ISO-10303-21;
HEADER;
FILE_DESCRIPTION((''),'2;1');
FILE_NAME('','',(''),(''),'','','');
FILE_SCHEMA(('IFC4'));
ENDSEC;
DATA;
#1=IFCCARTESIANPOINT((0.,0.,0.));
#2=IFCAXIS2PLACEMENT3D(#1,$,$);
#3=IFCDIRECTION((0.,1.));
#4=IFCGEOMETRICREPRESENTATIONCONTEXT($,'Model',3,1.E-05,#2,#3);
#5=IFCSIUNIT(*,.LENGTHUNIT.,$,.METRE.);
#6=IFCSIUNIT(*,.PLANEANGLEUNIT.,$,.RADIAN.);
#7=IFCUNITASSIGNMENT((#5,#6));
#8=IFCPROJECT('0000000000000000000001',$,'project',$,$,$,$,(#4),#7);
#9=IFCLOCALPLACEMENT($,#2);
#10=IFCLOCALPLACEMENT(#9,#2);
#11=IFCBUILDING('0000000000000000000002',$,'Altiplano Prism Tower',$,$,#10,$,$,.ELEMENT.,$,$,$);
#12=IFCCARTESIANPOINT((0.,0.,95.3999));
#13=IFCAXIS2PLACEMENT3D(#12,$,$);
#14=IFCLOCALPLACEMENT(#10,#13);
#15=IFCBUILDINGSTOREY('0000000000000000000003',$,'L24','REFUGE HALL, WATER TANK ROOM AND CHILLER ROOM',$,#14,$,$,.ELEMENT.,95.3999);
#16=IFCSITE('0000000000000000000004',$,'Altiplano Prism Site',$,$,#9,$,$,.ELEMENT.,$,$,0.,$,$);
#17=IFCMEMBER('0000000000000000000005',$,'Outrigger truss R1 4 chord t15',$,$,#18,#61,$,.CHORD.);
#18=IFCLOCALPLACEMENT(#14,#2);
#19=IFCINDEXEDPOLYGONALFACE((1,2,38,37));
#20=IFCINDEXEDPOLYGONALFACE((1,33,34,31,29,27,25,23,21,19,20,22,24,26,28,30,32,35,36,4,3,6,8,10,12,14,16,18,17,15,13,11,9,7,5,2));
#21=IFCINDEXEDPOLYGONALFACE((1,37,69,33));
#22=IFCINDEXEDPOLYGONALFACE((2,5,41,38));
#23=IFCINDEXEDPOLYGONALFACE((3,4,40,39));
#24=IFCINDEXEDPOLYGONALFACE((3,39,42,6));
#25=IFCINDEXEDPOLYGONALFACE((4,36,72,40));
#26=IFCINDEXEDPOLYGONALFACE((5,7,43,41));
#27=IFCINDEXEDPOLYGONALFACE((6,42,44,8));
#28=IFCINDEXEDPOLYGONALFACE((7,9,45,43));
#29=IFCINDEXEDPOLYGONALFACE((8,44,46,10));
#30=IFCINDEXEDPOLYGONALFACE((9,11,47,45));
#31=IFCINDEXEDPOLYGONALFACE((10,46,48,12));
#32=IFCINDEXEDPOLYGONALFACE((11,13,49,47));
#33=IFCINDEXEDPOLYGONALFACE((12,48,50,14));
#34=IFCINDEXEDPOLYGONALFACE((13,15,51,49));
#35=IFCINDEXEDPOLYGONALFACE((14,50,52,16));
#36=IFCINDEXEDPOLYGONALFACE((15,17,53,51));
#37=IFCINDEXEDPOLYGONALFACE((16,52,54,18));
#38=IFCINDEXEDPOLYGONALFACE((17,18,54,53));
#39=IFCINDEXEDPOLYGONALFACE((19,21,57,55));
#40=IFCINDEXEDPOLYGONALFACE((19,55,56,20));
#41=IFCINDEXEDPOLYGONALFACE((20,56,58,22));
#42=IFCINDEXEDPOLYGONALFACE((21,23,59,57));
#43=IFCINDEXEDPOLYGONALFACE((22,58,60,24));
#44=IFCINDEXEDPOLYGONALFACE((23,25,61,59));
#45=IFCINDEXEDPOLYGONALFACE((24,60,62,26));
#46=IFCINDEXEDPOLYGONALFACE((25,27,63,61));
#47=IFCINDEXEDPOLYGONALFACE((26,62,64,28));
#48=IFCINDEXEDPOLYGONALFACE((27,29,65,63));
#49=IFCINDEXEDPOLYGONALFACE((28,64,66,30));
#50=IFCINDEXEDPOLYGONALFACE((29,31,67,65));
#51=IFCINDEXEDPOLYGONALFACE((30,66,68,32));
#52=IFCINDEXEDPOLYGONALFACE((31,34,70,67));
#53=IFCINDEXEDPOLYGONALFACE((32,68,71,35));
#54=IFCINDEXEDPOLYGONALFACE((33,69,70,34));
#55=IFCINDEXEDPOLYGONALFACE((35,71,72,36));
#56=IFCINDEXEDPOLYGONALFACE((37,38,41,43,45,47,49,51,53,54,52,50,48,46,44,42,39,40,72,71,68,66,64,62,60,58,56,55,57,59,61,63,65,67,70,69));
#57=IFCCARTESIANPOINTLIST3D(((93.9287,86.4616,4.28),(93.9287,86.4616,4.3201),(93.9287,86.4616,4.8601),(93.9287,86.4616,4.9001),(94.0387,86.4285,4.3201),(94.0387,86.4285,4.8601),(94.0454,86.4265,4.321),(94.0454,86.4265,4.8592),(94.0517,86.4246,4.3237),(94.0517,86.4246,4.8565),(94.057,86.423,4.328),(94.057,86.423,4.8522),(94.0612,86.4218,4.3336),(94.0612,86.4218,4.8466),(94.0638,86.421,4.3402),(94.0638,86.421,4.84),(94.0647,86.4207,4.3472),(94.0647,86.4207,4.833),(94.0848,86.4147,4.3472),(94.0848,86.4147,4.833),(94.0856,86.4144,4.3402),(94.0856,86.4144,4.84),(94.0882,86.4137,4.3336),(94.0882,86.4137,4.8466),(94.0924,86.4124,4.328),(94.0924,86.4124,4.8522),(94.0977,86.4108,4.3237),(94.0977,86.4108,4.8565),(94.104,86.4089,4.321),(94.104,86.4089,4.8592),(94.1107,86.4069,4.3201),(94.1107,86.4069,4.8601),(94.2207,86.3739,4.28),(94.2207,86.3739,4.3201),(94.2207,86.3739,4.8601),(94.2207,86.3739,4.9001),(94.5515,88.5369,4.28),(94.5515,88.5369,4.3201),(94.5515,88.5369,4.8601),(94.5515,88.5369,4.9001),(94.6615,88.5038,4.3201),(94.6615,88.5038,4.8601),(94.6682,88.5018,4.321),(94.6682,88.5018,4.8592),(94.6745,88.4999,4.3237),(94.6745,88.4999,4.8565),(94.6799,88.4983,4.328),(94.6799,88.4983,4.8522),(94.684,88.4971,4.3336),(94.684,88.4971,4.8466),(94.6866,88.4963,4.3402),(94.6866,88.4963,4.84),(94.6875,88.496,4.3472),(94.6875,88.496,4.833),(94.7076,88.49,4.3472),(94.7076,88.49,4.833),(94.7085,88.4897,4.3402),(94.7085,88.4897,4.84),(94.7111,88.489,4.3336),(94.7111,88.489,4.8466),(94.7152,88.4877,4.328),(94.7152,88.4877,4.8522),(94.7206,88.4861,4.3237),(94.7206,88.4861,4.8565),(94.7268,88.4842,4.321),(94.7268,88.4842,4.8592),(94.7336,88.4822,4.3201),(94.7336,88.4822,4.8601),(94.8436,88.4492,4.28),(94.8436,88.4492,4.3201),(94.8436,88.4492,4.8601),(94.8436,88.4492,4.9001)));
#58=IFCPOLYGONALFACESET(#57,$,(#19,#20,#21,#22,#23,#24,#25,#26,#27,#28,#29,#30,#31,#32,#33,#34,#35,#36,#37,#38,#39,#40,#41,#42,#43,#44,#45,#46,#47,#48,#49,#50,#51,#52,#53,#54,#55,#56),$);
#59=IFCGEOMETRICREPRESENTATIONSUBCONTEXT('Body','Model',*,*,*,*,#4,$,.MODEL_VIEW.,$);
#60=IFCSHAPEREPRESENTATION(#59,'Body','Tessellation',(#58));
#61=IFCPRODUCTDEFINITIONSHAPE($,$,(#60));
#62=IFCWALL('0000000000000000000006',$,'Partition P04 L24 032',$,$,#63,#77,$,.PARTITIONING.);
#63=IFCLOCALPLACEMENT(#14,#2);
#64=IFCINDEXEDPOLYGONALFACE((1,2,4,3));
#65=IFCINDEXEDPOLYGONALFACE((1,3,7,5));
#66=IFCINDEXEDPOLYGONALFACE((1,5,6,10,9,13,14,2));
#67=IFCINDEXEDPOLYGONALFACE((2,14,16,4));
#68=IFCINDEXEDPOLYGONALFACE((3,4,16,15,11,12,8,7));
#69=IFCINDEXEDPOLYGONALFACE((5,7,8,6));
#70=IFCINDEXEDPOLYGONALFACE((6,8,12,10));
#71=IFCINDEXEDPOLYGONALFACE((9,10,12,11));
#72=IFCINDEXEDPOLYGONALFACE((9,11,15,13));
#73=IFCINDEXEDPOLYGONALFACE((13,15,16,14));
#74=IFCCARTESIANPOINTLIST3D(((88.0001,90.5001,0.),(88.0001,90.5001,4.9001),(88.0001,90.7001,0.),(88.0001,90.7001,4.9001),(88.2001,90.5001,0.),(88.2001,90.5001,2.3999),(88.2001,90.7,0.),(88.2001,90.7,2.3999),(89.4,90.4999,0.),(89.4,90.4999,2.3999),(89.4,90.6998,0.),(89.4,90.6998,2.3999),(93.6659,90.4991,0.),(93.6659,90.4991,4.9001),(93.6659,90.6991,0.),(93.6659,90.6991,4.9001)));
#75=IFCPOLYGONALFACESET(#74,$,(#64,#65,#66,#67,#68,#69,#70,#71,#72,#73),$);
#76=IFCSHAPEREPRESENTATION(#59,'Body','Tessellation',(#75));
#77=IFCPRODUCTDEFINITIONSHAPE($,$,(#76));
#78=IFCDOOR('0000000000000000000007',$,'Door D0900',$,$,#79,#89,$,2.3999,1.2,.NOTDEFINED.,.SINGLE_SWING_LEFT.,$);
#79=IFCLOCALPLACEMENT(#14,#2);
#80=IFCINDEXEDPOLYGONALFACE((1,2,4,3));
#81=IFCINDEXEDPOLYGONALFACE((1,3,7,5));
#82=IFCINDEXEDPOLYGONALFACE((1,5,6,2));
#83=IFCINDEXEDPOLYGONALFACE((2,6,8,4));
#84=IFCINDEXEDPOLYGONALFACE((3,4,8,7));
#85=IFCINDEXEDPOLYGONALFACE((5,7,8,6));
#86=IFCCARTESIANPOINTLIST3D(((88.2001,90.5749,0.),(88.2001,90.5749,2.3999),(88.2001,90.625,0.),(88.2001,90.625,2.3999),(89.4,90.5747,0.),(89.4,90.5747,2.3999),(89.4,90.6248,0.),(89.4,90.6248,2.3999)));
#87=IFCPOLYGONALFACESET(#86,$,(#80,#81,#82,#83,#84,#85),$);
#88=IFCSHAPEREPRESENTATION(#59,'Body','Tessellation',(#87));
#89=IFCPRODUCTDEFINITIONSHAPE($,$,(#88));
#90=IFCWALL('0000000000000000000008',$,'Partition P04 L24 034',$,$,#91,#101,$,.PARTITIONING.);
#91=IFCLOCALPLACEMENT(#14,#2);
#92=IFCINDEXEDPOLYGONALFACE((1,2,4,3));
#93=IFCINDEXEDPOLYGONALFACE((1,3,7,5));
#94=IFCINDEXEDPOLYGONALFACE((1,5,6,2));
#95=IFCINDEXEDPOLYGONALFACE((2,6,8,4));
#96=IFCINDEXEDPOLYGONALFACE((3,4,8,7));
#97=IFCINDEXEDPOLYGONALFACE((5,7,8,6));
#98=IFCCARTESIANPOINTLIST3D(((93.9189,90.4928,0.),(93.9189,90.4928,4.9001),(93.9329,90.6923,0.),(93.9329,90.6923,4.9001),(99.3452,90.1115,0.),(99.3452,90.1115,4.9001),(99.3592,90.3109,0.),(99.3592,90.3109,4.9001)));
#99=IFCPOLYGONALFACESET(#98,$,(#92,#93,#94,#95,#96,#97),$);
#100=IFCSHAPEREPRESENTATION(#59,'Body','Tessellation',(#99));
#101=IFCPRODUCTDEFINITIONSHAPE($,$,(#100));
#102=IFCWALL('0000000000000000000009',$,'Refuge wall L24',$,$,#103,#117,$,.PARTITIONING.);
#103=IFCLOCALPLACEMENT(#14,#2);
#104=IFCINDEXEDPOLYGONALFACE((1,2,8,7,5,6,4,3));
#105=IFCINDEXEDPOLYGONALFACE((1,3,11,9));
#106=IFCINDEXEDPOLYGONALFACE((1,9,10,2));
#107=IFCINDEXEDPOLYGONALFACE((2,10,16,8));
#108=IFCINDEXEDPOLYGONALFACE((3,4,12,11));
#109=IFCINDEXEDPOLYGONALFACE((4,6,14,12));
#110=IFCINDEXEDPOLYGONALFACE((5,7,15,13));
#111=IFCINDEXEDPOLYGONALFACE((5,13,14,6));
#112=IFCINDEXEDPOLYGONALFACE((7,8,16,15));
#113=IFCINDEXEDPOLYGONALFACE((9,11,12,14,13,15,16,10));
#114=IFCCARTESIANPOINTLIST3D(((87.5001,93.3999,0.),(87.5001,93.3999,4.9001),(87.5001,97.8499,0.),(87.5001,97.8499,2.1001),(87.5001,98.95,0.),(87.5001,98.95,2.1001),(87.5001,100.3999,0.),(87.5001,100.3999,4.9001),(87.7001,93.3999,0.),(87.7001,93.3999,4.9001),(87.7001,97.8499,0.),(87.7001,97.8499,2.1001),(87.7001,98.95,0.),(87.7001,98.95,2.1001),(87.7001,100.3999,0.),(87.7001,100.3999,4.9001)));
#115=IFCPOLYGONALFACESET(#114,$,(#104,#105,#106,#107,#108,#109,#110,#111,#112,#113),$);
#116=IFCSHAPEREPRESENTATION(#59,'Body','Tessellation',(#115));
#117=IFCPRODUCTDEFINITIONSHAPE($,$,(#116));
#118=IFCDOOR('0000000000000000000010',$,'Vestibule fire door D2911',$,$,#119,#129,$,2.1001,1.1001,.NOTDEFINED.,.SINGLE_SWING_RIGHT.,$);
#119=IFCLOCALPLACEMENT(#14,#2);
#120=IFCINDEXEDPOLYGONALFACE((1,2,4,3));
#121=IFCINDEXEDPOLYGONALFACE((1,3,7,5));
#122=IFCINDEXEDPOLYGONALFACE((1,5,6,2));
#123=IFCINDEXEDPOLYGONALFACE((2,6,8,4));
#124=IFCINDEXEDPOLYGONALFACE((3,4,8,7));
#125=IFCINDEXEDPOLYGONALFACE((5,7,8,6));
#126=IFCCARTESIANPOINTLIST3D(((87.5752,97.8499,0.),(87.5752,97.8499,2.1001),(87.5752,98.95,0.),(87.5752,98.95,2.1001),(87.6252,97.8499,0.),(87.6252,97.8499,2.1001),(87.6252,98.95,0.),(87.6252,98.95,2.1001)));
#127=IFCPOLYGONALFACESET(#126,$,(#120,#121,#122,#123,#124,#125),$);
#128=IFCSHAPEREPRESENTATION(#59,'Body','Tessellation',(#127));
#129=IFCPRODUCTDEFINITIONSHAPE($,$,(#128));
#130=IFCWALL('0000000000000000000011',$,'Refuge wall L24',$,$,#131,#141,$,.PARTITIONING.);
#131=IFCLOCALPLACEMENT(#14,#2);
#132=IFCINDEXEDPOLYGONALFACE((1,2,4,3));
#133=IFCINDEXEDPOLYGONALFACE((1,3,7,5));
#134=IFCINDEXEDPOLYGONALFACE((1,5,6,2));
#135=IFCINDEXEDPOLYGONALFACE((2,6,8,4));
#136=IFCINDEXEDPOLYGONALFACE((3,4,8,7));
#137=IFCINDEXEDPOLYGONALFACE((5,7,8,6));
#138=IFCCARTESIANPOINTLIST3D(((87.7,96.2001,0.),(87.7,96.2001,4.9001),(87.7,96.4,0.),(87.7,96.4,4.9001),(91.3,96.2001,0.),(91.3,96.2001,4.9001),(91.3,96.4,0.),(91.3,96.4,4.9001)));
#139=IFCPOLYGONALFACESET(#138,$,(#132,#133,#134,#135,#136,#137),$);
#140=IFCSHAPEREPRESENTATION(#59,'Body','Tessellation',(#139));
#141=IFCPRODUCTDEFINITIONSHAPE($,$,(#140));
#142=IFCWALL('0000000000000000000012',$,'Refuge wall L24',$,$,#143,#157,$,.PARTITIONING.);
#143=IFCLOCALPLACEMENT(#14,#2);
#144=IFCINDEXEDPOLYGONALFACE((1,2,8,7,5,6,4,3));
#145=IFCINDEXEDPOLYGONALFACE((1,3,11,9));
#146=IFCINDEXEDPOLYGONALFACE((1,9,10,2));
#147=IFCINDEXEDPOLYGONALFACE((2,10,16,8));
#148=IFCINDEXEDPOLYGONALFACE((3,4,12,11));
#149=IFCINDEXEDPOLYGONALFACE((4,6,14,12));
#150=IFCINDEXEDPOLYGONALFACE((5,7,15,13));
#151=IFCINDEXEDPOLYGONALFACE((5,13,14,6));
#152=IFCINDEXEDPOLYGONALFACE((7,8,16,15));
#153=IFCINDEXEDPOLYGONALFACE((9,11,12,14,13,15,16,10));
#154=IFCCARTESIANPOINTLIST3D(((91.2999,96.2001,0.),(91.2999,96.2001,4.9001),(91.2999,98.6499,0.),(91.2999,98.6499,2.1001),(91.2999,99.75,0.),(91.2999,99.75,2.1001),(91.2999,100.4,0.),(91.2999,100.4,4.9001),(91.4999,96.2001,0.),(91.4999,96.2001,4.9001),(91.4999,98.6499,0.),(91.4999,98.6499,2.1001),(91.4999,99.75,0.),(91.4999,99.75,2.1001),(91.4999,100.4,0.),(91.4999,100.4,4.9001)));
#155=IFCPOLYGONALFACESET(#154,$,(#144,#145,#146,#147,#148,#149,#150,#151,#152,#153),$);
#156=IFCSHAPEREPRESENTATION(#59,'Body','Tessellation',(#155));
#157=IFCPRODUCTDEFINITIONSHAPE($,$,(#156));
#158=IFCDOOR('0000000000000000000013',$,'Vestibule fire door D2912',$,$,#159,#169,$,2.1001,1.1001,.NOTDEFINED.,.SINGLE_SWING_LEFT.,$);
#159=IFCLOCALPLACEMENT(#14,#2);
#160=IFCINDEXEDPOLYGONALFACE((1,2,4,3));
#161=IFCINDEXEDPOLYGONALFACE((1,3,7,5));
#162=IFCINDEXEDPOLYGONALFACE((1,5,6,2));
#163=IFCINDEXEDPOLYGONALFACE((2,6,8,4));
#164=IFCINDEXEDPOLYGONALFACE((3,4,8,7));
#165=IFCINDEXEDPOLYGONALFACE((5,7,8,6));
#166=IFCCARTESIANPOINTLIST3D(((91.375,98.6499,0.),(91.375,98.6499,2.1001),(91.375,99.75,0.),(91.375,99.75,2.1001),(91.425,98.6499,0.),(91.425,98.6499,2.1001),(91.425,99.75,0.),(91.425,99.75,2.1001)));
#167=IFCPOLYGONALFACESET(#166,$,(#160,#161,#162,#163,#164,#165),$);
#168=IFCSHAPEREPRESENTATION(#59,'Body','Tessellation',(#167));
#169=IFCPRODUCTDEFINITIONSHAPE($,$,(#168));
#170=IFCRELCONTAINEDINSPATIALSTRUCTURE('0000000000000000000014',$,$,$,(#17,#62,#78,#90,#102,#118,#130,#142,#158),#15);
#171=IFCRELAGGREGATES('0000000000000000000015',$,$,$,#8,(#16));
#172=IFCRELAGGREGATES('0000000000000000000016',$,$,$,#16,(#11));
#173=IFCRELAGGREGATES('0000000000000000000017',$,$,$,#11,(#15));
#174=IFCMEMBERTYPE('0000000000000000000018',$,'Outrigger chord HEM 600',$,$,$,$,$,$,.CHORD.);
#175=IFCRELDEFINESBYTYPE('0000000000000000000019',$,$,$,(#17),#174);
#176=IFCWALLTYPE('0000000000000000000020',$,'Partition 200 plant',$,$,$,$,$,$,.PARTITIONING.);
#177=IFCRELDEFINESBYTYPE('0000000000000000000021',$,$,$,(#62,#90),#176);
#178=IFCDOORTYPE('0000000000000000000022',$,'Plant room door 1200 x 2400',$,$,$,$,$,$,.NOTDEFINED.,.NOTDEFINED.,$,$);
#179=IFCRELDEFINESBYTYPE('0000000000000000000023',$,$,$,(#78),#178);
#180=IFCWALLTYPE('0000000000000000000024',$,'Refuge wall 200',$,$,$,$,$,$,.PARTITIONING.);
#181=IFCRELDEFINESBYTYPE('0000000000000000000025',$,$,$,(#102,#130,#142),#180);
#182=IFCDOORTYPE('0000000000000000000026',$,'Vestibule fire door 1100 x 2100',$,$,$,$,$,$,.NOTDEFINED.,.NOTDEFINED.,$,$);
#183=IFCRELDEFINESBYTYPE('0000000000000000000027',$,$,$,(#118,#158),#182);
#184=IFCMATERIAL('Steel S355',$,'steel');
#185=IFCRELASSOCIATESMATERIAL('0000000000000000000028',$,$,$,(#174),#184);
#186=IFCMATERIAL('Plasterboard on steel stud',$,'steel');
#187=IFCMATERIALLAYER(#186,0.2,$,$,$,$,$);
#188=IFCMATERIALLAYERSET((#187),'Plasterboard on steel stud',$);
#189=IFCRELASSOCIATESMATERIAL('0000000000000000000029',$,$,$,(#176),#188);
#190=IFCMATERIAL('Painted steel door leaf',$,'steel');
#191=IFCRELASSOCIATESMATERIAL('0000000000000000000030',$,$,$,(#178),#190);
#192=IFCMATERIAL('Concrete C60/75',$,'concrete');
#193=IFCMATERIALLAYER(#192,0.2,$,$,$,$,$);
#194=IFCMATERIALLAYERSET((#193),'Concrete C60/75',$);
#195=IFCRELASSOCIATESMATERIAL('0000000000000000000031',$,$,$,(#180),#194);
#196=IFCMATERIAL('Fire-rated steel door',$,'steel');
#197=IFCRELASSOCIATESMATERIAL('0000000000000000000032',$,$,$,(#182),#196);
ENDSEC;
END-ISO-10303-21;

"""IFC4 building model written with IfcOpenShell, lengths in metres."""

from ifc_helpers import new_model, si_unit, direction, frame, frame_2d, origin, origin_2d, place, context, subcontext, project, spatial, rectangle, i_section, extrude, material, layer, layer_set, material_profile, profile_set, type_object, element, fill, save


model = new_model("IFC4")

# Units and contexts
model_context = context("Model", 3, precision=1e-05, world=origin(), true_north=direction((0.0, 1.0)))
body_context = subcontext(model_context, "Body", "Model", "MODEL_VIEW")
ifc_project = project(units=[si_unit("LENGTHUNIT", "METRE"), si_unit("PLANEANGLEUNIT", "RADIAN")], contexts=[model_context])

# Site, building, storey
site_placement = place(None, origin())
site = spatial("IfcSite", under=ifc_project, at=site_placement, Name="Altiplano Prism Site", CompositionType="ELEMENT", RefElevation=0.0)
building_placement = place(site_placement, origin())
building = spatial("IfcBuilding", under=site, at=building_placement, Name="Altiplano Prism Tower", CompositionType="ELEMENT")
storey_placement = place(building_placement, frame((0.0, 0.0, 95.3999)))
storey = spatial("IfcBuildingStorey", under=building, at=storey_placement, Name="L24", Description="REFUGE HALL, WATER TANK ROOM AND CHILLER ROOM", CompositionType="ELEMENT", Elevation=95.3999)

# Member
ifc_material_1 = material(Name="Steel S355", Category="steel")
ifc_material_profile = material_profile(ifc_material_1, i_section(OverallWidth=0.3049, OverallDepth=0.6201, WebThickness=0.021, FlangeThickness=0.04, FilletRadius=0.0271, at=origin_2d()), Name="Outrigger chord HEM 600")
ifc_profile_set = profile_set([ifc_material_profile], Name="Steel S355")
member_type = type_object("IfcMemberType", Name="Outrigger chord HEM 600", PredefinedType="CHORD", material=ifc_profile_set)
member_placement = place(storey_placement, frame((94.0747, 86.4177, 4.5901), z_axis=(0.287451, 0.957795, 0.0), x_axis=(-0.957795, 0.287451, 0.0)))
element("IfcMember", 1, at=member_placement, inside=storey, type_object=member_type, Name="Outrigger truss R1 4 chord t15", PredefinedType="CHORD", context=body_context, shape_type="SweptSolid", body=[
    extrude(i_section(OverallWidth=0.3049, OverallDepth=0.6201, WebThickness=0.021, FlangeThickness=0.04, FilletRadius=0.0271, at=origin_2d()), origin(), (0.0, 0.0, 1.0), 2.1667),
])

# Wall, opening, door
ifc_material_2 = material(Name="Plasterboard on steel stud", Category="steel")
ifc_layer_1 = layer(ifc_material_2, 0.2)
ifc_layer_set_1 = layer_set([ifc_layer_1], Name="Plasterboard on steel stud")
wall_type_1 = type_object("IfcWallType", Name="Partition 200 plant", PredefinedType="PARTITIONING", material=ifc_layer_set_1)
wall_1_placement = place(storey_placement, frame((88.0, 90.6001, 0.0), z_axis=(0.0, 0.0, 1.0), x_axis=(1.0, -0.000172, 0.0)))
wall_1 = element("IfcWall", 2, at=wall_1_placement, inside=storey, type_object=wall_type_1, Name="Partition P04 L24 032", PredefinedType="PARTITIONING", context=body_context, shape_type="SweptSolid", body=[
    extrude(rectangle(XDim=5.6658, YDim=0.2, at=frame_2d((2.833, 0.0))), origin(), (0.0, 0.0, 1.0), 4.9001),
])
opening_1_placement = place(wall_1_placement, frame((0.2, 0.0, 0.0)))
opening_1 = element("IfcOpeningElement", 3, at=opening_1_placement, cuts=wall_1, PredefinedType="OPENING", context=body_context, shape_type="SweptSolid", body=[
    extrude(rectangle(XDim=1.2, YDim=2.3999, at=frame_2d((0.6001, 1.2))), frame((0.0, 0.1104, 0.0), z_axis=(0.0, -1.0, 0.0), x_axis=(1.0, 0.0, 0.0)), (0.0, 0.0, 1.0), 0.2209),
])
ifc_material_3 = material(Name="Painted steel door leaf", Category="steel")
door_type_1 = type_object("IfcDoorType", Name="Plant room door 1200 x 2400", OperationType="NOTDEFINED", PredefinedType="NOTDEFINED", material=ifc_material_3)
door_1_placement = place(opening_1_placement, origin())
door_1 = element("IfcDoor", 4, at=door_1_placement, inside=storey, type_object=door_type_1, Name="Door D0900", OperationType="SINGLE_SWING_LEFT", OverallHeight=2.3999, OverallWidth=1.2, PredefinedType="NOTDEFINED", context=body_context, shape_type="SweptSolid", body=[
    extrude(rectangle(XDim=1.2, YDim=2.3999, at=frame_2d((0.6001, 1.2))), frame((0.0, 0.0249, 0.0), z_axis=(0.0, -1.0, 0.0), x_axis=(1.0, 0.0, 0.0)), (0.0, 0.0, 1.0), 0.05),
])
fill(opening_1, door_1)

# Wall
wall_2_placement = place(storey_placement, frame((93.926, 90.5925, 0.0), z_axis=(0.0, 0.0, 1.0), x_axis=(0.99754, -0.070105, 0.0)))
element("IfcWall", 5, at=wall_2_placement, inside=storey, type_object=wall_type_1, Name="Partition P04 L24 034", PredefinedType="PARTITIONING", context=body_context, shape_type="SweptSolid", body=[
    extrude(rectangle(XDim=5.4397, YDim=0.2, at=frame_2d((2.7197, 0.0))), origin(), (0.0, 0.0, 1.0), 4.9001),
])

# Wall, opening, door
ifc_material_4 = material(Name="Concrete C60/75", Category="concrete")
ifc_layer_2 = layer(ifc_material_4, 0.2)
ifc_layer_set_2 = layer_set([ifc_layer_2], Name="Concrete C60/75")
wall_type_2 = type_object("IfcWallType", Name="Refuge wall 200", PredefinedType="PARTITIONING", material=ifc_layer_set_2)
wall_3_placement = place(storey_placement, frame((87.6001, 93.3999, 0.0), z_axis=(0.0, 0.0, 1.0), x_axis=(0.0, 1.0, 0.0)))
wall_3 = element("IfcWall", 6, at=wall_3_placement, inside=storey, type_object=wall_type_2, Name="Refuge wall L24", PredefinedType="PARTITIONING", context=body_context, shape_type="SweptSolid", body=[
    extrude(rectangle(XDim=7.0, YDim=0.2, at=frame_2d((3.5, 0.0))), origin(), (0.0, 0.0, 1.0), 4.9001),
])
opening_2_placement = place(wall_3_placement, frame((4.45, 0.0, 0.0)))
opening_2 = element("IfcOpeningElement", 7, at=opening_2_placement, cuts=wall_3, PredefinedType="OPENING", context=body_context, shape_type="SweptSolid", body=[
    extrude(rectangle(XDim=1.1001, YDim=2.1001, at=frame_2d((0.55, 1.05))), frame((0.0, 0.1104, 0.0), z_axis=(0.0, -1.0, 0.0), x_axis=(1.0, 0.0, 0.0)), (0.0, 0.0, 1.0), 0.2209),
])
ifc_material_5 = material(Name="Fire-rated steel door", Category="steel")
door_type_2 = type_object("IfcDoorType", Name="Vestibule fire door 1100 x 2100", OperationType="NOTDEFINED", PredefinedType="NOTDEFINED", material=ifc_material_5)
door_2_placement = place(opening_2_placement, origin())
door_2 = element("IfcDoor", 8, at=door_2_placement, inside=storey, type_object=door_type_2, Name="Vestibule fire door D2911", OperationType="SINGLE_SWING_RIGHT", OverallHeight=2.1001, OverallWidth=1.1001, PredefinedType="NOTDEFINED", context=body_context, shape_type="SweptSolid", body=[
    extrude(rectangle(XDim=1.1001, YDim=2.1001, at=frame_2d((0.55, 1.05))), frame((0.0, 0.0249, 0.0), z_axis=(0.0, -1.0, 0.0), x_axis=(1.0, 0.0, 0.0)), (0.0, 0.0, 1.0), 0.05),
])
fill(opening_2, door_2)

# Wall
wall_4_placement = place(storey_placement, frame((87.7, 96.3, 0.0), z_axis=(0.0, 0.0, 1.0), x_axis=(1.0, 0.0, 0.0)))
element("IfcWall", 9, at=wall_4_placement, inside=storey, type_object=wall_type_2, Name="Refuge wall L24", PredefinedType="PARTITIONING", context=body_context, shape_type="SweptSolid", body=[
    extrude(rectangle(XDim=3.6001, YDim=0.2, at=frame_2d((1.8, 0.0))), origin(), (0.0, 0.0, 1.0), 4.9001),
])

# Wall, opening, door
wall_5_placement = place(storey_placement, frame((91.3999, 96.2, 0.0), z_axis=(0.0, 0.0, 1.0), x_axis=(0.0, 1.0, 0.0)))
wall_5 = element("IfcWall", 10, at=wall_5_placement, inside=storey, type_object=wall_type_2, Name="Refuge wall L24", PredefinedType="PARTITIONING", context=body_context, shape_type="SweptSolid", body=[
    extrude(rectangle(XDim=4.2, YDim=0.2, at=frame_2d((2.1001, 0.0))), origin(), (0.0, 0.0, 1.0), 4.9001),
])
opening_3_placement = place(wall_5_placement, frame((2.45, 0.0, 0.0)))
opening_3 = element("IfcOpeningElement", 11, at=opening_3_placement, cuts=wall_5, PredefinedType="OPENING", context=body_context, shape_type="SweptSolid", body=[
    extrude(rectangle(XDim=1.1001, YDim=2.1001, at=frame_2d((0.55, 1.05))), frame((0.0, 0.1104, 0.0), z_axis=(0.0, -1.0, 0.0), x_axis=(1.0, 0.0, 0.0)), (0.0, 0.0, 1.0), 0.2209),
])
door_3_placement = place(opening_3_placement, origin())
door_3 = element("IfcDoor", 12, at=door_3_placement, inside=storey, type_object=door_type_2, Name="Vestibule fire door D2912", OperationType="SINGLE_SWING_LEFT", OverallHeight=2.1001, OverallWidth=1.1001, PredefinedType="NOTDEFINED", context=body_context, shape_type="SweptSolid", body=[
    extrude(rectangle(XDim=1.1001, YDim=2.1001, at=frame_2d((0.55, 1.05))), frame((0.0, 0.0249, 0.0), z_axis=(0.0, -1.0, 0.0), x_axis=(1.0, 0.0, 0.0)), (0.0, 0.0, 1.0), 0.05),
])
fill(opening_3, door_3)

save(model, "model.ifc")
